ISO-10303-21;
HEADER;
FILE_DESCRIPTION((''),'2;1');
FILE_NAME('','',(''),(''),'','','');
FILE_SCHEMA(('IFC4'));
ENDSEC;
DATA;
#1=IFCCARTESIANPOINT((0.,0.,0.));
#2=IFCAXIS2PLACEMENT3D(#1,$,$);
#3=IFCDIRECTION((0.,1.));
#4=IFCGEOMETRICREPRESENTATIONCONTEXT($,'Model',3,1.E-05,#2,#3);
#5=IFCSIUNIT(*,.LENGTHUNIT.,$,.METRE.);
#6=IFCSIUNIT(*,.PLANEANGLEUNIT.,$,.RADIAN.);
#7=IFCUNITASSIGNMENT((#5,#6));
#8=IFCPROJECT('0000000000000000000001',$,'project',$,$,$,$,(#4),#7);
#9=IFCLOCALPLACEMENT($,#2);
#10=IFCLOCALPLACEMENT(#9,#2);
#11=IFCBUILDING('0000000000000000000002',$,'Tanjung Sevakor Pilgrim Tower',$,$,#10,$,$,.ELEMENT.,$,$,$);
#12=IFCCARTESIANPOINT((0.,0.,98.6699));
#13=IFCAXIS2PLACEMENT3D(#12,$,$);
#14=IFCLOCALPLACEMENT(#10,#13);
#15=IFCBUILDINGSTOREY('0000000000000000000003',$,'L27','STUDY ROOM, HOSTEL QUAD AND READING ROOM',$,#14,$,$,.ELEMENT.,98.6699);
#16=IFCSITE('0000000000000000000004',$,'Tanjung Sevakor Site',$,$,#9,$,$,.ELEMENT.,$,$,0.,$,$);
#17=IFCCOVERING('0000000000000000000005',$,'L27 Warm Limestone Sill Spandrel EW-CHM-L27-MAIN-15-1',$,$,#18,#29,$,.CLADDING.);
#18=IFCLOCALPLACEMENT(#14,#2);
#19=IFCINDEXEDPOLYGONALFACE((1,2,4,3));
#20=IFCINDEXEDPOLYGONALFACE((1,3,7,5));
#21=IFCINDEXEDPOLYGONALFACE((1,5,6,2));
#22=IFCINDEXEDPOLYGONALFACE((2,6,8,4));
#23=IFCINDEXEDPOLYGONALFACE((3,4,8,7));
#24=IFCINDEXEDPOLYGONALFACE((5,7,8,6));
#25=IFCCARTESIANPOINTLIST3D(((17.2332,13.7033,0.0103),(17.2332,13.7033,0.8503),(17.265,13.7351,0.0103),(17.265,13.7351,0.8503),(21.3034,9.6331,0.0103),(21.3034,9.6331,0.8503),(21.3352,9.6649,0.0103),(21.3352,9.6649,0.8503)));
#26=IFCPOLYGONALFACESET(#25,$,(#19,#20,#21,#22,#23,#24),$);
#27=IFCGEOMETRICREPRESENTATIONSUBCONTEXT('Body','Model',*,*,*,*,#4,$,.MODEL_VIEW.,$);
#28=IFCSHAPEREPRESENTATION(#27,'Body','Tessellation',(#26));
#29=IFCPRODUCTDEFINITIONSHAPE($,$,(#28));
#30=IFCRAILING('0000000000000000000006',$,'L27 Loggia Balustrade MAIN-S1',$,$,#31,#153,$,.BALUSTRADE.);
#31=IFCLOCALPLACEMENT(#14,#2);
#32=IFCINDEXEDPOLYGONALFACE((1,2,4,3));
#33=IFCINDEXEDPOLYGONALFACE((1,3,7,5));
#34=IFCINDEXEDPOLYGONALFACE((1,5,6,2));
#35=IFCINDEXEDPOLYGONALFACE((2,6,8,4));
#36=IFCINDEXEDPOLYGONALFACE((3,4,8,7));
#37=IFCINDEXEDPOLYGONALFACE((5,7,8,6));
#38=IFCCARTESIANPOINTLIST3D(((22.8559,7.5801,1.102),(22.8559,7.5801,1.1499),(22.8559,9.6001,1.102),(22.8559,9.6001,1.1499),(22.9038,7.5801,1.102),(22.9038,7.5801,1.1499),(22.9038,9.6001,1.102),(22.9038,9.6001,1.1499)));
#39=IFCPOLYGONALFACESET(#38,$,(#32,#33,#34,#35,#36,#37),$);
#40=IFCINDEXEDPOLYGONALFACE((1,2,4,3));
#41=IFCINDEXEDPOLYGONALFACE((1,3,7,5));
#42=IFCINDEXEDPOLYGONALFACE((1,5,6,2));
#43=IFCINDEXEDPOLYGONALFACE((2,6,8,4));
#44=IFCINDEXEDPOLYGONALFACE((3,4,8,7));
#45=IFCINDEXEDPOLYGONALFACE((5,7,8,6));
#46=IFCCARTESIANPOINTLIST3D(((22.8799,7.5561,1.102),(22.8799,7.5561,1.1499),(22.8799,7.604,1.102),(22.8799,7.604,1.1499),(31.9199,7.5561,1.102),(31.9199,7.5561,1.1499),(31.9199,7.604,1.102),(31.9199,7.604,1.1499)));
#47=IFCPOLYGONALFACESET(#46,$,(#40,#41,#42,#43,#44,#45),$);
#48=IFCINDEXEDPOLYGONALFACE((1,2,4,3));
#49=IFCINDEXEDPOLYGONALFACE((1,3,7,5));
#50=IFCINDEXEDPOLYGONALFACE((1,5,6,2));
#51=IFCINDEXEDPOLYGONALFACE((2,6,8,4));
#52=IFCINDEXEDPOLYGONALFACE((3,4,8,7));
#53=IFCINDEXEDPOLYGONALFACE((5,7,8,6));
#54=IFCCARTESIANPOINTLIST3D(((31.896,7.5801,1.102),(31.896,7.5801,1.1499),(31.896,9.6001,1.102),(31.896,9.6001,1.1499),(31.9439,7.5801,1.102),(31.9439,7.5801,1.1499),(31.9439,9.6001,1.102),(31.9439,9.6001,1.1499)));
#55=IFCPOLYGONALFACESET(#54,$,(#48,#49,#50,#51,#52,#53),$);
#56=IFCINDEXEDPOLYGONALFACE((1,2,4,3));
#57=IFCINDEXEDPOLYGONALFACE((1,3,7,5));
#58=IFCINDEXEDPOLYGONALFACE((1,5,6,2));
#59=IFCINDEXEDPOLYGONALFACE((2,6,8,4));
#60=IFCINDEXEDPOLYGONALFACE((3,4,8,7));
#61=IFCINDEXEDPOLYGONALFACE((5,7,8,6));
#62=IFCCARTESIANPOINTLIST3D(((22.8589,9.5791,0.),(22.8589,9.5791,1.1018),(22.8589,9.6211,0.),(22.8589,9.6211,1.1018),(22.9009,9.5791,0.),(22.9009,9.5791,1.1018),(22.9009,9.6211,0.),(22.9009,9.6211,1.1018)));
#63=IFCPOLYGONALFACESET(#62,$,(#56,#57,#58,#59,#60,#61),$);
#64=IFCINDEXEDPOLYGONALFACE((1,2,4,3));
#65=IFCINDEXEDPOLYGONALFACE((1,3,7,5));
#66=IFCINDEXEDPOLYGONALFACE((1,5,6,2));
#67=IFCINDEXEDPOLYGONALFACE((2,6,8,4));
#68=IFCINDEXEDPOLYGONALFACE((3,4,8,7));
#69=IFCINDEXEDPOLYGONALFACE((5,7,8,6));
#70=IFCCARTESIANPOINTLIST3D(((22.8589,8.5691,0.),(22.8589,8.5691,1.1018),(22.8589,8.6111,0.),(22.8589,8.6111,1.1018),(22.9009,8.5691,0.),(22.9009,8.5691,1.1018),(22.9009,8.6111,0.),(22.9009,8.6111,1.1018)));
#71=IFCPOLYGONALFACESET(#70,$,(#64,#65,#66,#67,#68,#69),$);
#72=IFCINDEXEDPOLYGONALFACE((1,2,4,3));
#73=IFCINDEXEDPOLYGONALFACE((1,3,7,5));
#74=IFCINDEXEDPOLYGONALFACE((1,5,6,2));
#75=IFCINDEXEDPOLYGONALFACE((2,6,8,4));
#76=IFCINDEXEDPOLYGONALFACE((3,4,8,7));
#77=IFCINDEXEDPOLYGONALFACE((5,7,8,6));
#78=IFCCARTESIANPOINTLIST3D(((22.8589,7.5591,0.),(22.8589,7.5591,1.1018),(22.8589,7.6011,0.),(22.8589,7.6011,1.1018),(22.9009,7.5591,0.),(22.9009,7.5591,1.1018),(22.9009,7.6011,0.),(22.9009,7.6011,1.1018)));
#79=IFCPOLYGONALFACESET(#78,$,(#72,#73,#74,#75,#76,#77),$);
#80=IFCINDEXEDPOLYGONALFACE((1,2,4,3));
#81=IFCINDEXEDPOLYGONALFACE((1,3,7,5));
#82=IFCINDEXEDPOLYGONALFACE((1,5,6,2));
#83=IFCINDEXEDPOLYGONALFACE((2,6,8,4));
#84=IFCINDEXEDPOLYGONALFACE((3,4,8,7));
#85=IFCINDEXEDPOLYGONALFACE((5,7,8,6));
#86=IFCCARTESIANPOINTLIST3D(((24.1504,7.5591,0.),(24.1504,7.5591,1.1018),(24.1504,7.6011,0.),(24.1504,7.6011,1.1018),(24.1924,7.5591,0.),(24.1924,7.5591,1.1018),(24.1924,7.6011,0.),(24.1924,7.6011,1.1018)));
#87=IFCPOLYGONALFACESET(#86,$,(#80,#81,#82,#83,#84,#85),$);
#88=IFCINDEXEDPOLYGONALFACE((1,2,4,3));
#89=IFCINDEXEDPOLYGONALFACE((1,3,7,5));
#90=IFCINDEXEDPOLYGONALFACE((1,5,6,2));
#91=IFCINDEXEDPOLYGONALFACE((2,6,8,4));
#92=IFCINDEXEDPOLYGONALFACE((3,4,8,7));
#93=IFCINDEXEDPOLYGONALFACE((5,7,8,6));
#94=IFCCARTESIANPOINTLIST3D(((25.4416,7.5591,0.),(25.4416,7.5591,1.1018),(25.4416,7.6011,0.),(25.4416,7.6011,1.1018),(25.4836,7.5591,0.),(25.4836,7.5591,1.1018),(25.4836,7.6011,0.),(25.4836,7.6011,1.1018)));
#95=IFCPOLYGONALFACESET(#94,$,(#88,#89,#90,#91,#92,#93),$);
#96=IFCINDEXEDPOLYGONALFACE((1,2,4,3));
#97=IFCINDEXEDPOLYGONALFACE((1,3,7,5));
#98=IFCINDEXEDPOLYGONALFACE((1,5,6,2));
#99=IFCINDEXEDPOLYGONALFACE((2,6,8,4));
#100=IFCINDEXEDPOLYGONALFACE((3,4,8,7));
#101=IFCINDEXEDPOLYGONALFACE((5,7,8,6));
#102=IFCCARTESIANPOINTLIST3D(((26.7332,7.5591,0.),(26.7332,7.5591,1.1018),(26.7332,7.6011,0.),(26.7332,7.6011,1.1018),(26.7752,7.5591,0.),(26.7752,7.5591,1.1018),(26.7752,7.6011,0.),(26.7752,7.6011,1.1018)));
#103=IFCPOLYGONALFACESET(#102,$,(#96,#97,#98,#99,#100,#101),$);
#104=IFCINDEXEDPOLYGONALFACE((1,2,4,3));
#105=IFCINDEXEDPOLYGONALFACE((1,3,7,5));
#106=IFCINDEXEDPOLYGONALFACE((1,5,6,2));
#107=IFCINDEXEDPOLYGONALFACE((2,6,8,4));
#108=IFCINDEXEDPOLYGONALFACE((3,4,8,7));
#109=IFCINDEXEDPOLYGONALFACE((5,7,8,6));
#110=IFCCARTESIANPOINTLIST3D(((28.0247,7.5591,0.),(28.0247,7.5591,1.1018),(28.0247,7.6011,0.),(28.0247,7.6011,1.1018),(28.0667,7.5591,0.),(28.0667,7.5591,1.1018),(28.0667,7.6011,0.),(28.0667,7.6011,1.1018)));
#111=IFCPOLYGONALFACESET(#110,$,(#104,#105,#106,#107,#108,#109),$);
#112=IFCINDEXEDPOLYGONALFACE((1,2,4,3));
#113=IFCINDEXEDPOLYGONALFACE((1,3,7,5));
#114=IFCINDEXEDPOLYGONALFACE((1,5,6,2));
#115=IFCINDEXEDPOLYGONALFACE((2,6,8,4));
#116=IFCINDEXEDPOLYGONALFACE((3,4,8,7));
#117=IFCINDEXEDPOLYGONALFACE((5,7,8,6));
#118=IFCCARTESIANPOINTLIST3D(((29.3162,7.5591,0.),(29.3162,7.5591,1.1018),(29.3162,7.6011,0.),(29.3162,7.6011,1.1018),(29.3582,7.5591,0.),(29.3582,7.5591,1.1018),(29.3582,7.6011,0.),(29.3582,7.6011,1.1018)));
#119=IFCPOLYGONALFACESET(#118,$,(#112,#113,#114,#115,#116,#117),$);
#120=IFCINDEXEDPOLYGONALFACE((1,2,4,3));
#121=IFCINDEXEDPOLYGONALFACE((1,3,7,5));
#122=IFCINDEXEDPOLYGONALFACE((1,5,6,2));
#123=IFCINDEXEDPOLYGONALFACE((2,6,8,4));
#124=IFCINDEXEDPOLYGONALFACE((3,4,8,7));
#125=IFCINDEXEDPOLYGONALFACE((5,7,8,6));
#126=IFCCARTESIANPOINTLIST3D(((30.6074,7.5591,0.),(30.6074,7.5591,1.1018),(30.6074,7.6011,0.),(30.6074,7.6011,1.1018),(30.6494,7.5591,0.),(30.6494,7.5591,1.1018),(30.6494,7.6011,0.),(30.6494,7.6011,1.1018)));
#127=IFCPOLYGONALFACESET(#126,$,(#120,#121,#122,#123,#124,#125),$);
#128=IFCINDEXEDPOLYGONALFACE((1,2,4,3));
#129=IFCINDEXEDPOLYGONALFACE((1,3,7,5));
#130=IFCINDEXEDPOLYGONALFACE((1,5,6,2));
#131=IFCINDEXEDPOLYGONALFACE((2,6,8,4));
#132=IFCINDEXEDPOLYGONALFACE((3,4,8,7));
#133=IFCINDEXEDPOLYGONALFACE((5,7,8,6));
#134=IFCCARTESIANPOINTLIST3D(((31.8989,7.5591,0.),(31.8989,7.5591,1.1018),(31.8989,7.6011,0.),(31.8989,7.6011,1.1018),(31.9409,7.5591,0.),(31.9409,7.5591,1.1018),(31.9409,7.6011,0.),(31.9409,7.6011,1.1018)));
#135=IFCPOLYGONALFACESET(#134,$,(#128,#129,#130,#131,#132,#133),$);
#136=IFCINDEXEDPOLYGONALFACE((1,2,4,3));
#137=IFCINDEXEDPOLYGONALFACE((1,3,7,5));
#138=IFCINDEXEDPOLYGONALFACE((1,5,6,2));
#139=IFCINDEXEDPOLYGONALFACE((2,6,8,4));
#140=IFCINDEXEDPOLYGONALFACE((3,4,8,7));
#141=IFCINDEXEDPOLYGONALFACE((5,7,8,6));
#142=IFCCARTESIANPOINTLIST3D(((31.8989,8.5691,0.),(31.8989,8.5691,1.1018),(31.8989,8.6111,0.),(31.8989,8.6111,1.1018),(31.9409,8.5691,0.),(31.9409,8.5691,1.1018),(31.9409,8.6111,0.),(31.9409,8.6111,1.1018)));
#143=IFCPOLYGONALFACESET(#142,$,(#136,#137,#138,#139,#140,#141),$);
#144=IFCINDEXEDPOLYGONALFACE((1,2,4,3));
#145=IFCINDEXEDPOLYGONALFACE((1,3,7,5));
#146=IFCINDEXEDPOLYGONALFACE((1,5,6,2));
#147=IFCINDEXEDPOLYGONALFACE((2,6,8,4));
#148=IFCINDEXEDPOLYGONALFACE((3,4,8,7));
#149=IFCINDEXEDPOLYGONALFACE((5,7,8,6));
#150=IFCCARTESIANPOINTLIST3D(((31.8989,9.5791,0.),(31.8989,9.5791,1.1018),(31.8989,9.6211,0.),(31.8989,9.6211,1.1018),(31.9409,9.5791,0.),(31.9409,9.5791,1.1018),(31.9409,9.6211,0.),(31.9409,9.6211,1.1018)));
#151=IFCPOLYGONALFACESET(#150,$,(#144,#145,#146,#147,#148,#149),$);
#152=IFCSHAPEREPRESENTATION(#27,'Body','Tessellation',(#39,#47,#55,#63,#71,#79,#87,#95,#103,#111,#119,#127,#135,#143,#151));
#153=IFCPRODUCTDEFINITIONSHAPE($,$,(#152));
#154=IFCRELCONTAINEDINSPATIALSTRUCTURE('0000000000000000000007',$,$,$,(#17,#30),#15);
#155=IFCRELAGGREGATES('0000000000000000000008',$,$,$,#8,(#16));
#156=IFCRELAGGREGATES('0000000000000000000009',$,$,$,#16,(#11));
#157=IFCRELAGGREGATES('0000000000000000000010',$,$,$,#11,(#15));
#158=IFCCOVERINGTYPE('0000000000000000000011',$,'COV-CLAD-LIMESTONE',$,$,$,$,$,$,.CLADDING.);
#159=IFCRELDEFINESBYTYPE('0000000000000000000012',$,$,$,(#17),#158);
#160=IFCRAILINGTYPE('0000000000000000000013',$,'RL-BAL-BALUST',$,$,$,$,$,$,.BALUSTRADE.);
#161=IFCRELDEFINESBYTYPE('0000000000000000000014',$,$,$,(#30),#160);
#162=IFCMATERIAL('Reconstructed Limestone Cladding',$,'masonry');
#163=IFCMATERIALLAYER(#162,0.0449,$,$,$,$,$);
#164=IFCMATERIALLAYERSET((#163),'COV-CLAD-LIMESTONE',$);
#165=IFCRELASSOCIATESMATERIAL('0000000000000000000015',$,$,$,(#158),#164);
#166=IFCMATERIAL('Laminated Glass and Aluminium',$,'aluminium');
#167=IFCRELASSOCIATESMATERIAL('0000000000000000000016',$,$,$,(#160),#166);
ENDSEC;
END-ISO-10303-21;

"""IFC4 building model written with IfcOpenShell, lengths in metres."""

from ifc_helpers import new_model, si_unit, direction, frame, origin, origin_2d, place, context, subcontext, project, spatial, rectangle, extrude, material, layer, layer_set, type_object, element, save


model = new_model("IFC4")

# Units and contexts
model_context = context("Model", 3, precision=1e-05, world=origin(), true_north=direction((0.0, 1.0)))
body_context = subcontext(model_context, "Body", "Model", "MODEL_VIEW")
ifc_project = project(units=[si_unit("LENGTHUNIT", "METRE"), si_unit("PLANEANGLEUNIT", "RADIAN")], contexts=[model_context])

# Site, building, storey
site_placement = place(None, origin())
site = spatial("IfcSite", under=ifc_project, at=site_placement, Name="Tanjung Sevakor Site", CompositionType="ELEMENT", RefElevation=0.0)
building_placement = place(site_placement, origin())
building = spatial("IfcBuilding", under=site, at=building_placement, Name="Tanjung Sevakor Pilgrim Tower", CompositionType="ELEMENT")
storey_placement = place(building_placement, frame((0.0, 0.0, 98.6699)))
storey = spatial("IfcBuildingStorey", under=building, at=storey_placement, Name="L27", Description="STUDY ROOM, HOSTEL QUAD AND READING ROOM", CompositionType="ELEMENT", Elevation=98.6699)

# Covering
ifc_material_1 = material(Name="Reconstructed Limestone Cladding", Category="masonry")
ifc_layer_1 = layer(ifc_material_1, 0.0449)
ifc_layer_set_1 = layer_set([ifc_layer_1], Name="COV-CLAD-LIMESTONE")
covering_type = type_object("IfcCoveringType", Name="COV-CLAD-LIMESTONE", PredefinedType="CLADDING", material=ifc_layer_set_1)
covering_1_placement = place(storey_placement, frame((19.2842, 11.6841, 0.0103), z_axis=(0.0, 0.0, 1.0), x_axis=(0.707107, -0.707107, 0.0)))
element("IfcCovering", 1, at=covering_1_placement, inside=storey, type_object=covering_type, Name="L27 Warm Limestone Sill Spandrel EW-CHM-L27-MAIN-15-1", PredefinedType="CLADDING", context=body_context, shape_type="SweptSolid", body=[
    extrude(rectangle(XDim=5.7561, YDim=0.0449, at=origin_2d()), origin(), (0.0, 0.0, 1.0), 0.8401),
])

# Railing
ifc_material_2 = material(Name="Laminated Glass and Aluminium", Category="aluminium")
railing_type = type_object("IfcRailingType", Name="RL-BAL-BALUST", PredefinedType="BALUSTRADE", material=ifc_material_2)
railing_placement = place(storey_placement, frame((22.8799, 9.6001, 0.0)))
element("IfcRailing", 2, at=railing_placement, inside=storey, type_object=railing_type, Name="L27 Loggia Balustrade MAIN-S1", PredefinedType="BALUSTRADE", context=body_context, shape_type="SweptSolid", body=[
    extrude(rectangle(XDim=0.0479, YDim=0.0479), frame((0.0, 0.0, 1.126), z_axis=(0.0, -1.0, 0.0), x_axis=(1.0, 0.0, 0.0)), (0.0, 0.0, 1.0), 2.02),
    extrude(rectangle(XDim=0.0479, YDim=0.0479), frame((0.0, -2.02, 1.126), z_axis=(1.0, 0.0, 0.0), x_axis=(0.0, 1.0, 0.0)), (0.0, 0.0, 1.0), 9.04),
    extrude(rectangle(XDim=0.0479, YDim=0.0479), frame((9.04, -2.02, 1.126), z_axis=(0.0, 1.0, 0.0), x_axis=(-1.0, 0.0, 0.0)), (0.0, 0.0, 1.0), 2.02),
    extrude(rectangle(XDim=0.042, YDim=0.042), origin(), (0.0, 0.0, 1.0), 1.1018),
    extrude(rectangle(XDim=0.042, YDim=0.042), frame((0.0, -1.01, 0.0)), (0.0, 0.0, 1.0), 1.1018),
    extrude(rectangle(XDim=0.042, YDim=0.042), frame((0.0, -2.02, 0.0)), (0.0, 0.0, 1.0), 1.1018),
    extrude(rectangle(XDim=0.042, YDim=0.042), frame((1.2915, -2.02, 0.0)), (0.0, 0.0, 1.0), 1.1018),
    extrude(rectangle(XDim=0.042, YDim=0.042), frame((2.5828, -2.02, 0.0)), (0.0, 0.0, 1.0), 1.1018),
    extrude(rectangle(XDim=0.042, YDim=0.042), frame((3.8743, -2.02, 0.0)), (0.0, 0.0, 1.0), 1.1018),
    extrude(rectangle(XDim=0.042, YDim=0.042), frame((5.1658, -2.02, 0.0)), (0.0, 0.0, 1.0), 1.1018),
    extrude(rectangle(XDim=0.042, YDim=0.042), frame((6.4573, -2.02, 0.0)), (0.0, 0.0, 1.0), 1.1018),
    extrude(rectangle(XDim=0.042, YDim=0.042), frame((7.7485, -2.02, 0.0)), (0.0, 0.0, 1.0), 1.1018),
    extrude(rectangle(XDim=0.042, YDim=0.042), frame((9.04, -2.02, 0.0)), (0.0, 0.0, 1.0), 1.1018),
    extrude(rectangle(XDim=0.042, YDim=0.042), frame((9.04, -1.01, 0.0)), (0.0, 0.0, 1.0), 1.1018),
    extrude(rectangle(XDim=0.042, YDim=0.042), frame((9.04, 0.0, 0.0)), (0.0, 0.0, 1.0), 1.1018),
])

save(model, "model.ifc")
